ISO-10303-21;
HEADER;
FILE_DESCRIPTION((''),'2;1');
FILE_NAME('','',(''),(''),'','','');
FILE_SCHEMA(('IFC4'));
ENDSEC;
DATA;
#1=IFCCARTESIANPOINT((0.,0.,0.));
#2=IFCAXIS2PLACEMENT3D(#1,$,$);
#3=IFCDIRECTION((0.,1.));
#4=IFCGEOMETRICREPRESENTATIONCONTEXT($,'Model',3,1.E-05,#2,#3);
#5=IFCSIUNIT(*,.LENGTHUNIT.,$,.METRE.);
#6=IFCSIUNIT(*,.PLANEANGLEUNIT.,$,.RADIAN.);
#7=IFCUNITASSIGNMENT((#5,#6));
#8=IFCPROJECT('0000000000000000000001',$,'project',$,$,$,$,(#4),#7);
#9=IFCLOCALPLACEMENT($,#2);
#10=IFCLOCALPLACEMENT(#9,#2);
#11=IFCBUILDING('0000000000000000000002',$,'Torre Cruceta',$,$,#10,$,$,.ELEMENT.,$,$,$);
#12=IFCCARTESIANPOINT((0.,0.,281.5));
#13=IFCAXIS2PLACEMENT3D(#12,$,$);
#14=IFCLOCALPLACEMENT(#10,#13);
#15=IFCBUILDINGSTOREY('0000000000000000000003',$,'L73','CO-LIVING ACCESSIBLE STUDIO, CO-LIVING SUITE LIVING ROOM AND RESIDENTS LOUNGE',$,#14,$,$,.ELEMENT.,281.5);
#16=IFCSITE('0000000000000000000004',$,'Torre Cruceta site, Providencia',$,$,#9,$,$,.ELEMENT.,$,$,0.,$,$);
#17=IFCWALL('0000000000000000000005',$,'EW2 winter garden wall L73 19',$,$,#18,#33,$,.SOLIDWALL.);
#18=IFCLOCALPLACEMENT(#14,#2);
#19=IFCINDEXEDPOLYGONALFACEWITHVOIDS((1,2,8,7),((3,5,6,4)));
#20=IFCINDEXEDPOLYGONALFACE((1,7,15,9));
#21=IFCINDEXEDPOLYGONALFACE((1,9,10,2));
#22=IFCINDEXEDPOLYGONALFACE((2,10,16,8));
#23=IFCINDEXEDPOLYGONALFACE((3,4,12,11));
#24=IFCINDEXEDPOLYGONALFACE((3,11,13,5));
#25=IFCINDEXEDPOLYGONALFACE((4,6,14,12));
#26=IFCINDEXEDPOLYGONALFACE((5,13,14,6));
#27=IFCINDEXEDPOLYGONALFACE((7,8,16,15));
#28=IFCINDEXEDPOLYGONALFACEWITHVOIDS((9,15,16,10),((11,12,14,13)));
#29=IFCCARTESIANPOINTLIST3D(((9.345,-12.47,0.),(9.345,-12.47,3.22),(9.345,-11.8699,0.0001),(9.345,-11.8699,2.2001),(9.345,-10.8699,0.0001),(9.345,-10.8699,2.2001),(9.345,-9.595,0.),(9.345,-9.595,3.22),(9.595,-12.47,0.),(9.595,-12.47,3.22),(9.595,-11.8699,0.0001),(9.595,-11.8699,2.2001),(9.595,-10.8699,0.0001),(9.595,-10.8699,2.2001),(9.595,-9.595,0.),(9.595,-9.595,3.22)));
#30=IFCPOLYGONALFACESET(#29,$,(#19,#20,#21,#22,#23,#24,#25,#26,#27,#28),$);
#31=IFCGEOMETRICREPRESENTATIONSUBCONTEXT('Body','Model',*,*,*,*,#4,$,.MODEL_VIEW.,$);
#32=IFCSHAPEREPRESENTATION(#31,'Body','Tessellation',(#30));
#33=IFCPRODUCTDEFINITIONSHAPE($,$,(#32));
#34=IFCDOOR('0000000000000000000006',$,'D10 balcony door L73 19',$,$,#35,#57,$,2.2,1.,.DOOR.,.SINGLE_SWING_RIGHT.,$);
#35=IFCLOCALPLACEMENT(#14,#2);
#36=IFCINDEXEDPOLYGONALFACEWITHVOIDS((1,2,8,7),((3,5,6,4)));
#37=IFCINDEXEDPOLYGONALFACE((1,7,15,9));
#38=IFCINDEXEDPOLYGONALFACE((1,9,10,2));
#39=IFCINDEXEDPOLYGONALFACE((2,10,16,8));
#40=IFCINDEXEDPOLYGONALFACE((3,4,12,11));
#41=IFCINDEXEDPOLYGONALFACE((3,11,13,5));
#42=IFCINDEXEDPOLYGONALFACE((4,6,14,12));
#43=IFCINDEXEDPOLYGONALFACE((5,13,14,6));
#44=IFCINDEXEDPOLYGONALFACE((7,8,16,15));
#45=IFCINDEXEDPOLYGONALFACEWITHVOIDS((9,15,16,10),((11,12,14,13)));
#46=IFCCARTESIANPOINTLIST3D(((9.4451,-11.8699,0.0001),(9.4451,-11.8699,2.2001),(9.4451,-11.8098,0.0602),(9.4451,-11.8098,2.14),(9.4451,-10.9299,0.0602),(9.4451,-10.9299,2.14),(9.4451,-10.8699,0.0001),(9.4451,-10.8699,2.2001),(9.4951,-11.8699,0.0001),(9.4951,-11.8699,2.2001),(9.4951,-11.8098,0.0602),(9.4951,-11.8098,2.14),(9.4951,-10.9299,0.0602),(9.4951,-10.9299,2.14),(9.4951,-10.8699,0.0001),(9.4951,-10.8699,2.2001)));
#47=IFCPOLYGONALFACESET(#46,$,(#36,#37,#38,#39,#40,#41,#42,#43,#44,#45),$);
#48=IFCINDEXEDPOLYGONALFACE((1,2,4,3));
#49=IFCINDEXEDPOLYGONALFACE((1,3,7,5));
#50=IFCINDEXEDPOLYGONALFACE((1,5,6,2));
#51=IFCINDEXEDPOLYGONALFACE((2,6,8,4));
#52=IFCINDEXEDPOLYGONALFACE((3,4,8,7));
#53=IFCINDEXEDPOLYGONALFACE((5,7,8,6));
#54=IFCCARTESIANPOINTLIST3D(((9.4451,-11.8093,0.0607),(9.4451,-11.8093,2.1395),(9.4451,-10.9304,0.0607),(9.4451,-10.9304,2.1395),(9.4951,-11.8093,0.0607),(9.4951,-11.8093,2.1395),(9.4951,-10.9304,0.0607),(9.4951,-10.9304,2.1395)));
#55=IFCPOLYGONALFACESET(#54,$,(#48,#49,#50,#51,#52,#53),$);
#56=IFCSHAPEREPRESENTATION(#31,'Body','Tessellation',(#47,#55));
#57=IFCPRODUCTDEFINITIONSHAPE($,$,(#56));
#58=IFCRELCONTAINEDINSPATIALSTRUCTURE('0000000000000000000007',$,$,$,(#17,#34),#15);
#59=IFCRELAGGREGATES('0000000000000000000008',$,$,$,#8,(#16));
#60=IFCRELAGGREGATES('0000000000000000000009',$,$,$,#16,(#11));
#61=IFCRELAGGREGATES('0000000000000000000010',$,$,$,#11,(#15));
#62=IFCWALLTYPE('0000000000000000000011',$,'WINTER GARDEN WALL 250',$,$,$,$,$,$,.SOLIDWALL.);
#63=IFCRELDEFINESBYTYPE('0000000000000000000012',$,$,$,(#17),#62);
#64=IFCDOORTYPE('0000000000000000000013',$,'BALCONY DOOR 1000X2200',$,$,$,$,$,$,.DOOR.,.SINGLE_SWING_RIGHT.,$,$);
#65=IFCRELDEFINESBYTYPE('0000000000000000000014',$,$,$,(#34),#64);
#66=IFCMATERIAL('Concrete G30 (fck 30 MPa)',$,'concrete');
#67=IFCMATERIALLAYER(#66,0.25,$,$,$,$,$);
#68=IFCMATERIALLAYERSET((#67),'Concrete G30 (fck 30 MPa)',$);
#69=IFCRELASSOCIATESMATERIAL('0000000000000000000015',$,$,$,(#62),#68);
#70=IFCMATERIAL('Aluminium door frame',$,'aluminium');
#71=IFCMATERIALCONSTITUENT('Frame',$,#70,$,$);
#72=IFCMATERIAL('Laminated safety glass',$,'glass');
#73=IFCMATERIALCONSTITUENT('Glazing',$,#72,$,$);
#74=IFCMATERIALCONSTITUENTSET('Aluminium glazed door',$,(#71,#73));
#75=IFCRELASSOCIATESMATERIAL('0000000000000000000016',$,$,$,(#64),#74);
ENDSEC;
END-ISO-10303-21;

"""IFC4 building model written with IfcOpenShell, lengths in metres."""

from ifc_helpers import new_model, si_unit, direction, frame, frame_2d, origin, place, context, subcontext, project, spatial, rectangle, hollow_rectangle, extrude, material, layer, layer_set, constituent, constituent_set, type_object, element, fill, save


model = new_model("IFC4")

# Units and contexts
model_context = context("Model", 3, precision=1e-05, world=origin(), true_north=direction((0.0, 1.0)))
body_context = subcontext(model_context, "Body", "Model", "MODEL_VIEW")
ifc_project = project(units=[si_unit("LENGTHUNIT", "METRE"), si_unit("PLANEANGLEUNIT", "RADIAN")], contexts=[model_context])

# Site, building, storey
site_placement = place(None, origin())
site = spatial("IfcSite", under=ifc_project, at=site_placement, Name="Torre Cruceta site, Providencia", CompositionType="ELEMENT", RefElevation=0.0)
building_placement = place(site_placement, origin())
building = spatial("IfcBuilding", under=site, at=building_placement, Name="Torre Cruceta", CompositionType="ELEMENT")
storey_placement = place(building_placement, frame((0.0, 0.0, 281.5)))
storey = spatial("IfcBuildingStorey", under=building, at=storey_placement, Name="L73", Description="CO-LIVING ACCESSIBLE STUDIO, CO-LIVING SUITE LIVING ROOM AND RESIDENTS LOUNGE", CompositionType="ELEMENT", Elevation=281.5)

# Wall, opening, door
ifc_material_1 = material(Name="Concrete G30 (fck 30 MPa)", Category="concrete")
ifc_layer_1 = layer(ifc_material_1, 0.25)
ifc_layer_set_1 = layer_set([ifc_layer_1], Name="Concrete G30 (fck 30 MPa)")
wall_type_1 = type_object("IfcWallType", Name="WINTER GARDEN WALL 250", PredefinedType="SOLIDWALL", material=ifc_layer_set_1)
ifc_material_2 = material(Name="Aluminium door frame", Category="aluminium")
ifc_constituent_1 = constituent(ifc_material_2, Name="Frame")
ifc_material_3 = material(Name="Laminated safety glass", Category="glass")
ifc_constituent_2 = constituent(ifc_material_3, Name="Glazing")
ifc_constituent_set_1 = constituent_set(constituents=[ifc_constituent_1, ifc_constituent_2], Name="Aluminium glazed door")
door_type_1 = type_object("IfcDoorType", Name="BALCONY DOOR 1000X2200", OperationType="SINGLE_SWING_RIGHT", PredefinedType="DOOR", material=ifc_constituent_set_1)
wall_1_placement = place(storey_placement, frame((9.47, -12.47, 0.0), z_axis=(0.0, 0.0, 1.0), x_axis=(0.0, 1.0, 0.0)))
wall_1 = element("IfcWall", 1, at=wall_1_placement, inside=storey, type_object=wall_type_1, Name="EW2 winter garden wall L73 19", PredefinedType="SOLIDWALL", context=body_context, shape_type="SweptSolid", body=[
    extrude(rectangle(XDim=2.875, YDim=0.25, at=frame_2d((1.4375, 0.0))), origin(), (0.0, 0.0, 1.0), 3.22),
])
opening_1_placement = place(wall_1_placement, frame((0.6001, 0.0, 0.0)))
opening_1 = element("IfcOpeningElement", 2, at=opening_1_placement, cuts=wall_1, PredefinedType="OPENING", context=body_context, shape_type="SweptSolid", body=[
    extrude(rectangle(XDim=1.0, YDim=2.2, at=frame_2d((0.5, 1.1001))), frame((0.0, 0.135, 0.0), z_axis=(0.0, -1.0, 0.0), x_axis=(1.0, 0.0, 0.0)), (0.0, 0.0, 1.0), 0.27),
])
door_1_placement = place(opening_1_placement, origin())
door_1 = element("IfcDoor", 3, at=door_1_placement, inside=storey, type_object=door_type_1, Name="D10 balcony door L73 19", OperationType="SINGLE_SWING_RIGHT", OverallHeight=2.2, OverallWidth=1.0, PredefinedType="DOOR", context=body_context, shape_type="SweptSolid", body=[
    extrude(hollow_rectangle(XDim=1.0, YDim=2.2, WallThickness=0.0601, at=frame_2d((0.5, 1.1001))), frame((0.0, 0.0249, 0.0), z_axis=(0.0, -1.0, 0.0), x_axis=(1.0, 0.0, 0.0)), (0.0, 0.0, 1.0), 0.05),
    extrude(rectangle(XDim=0.8789, YDim=2.0789, at=frame_2d((0.5, 1.1001))), frame((0.0, 0.0249, 0.0), z_axis=(0.0, -1.0, 0.0), x_axis=(1.0, 0.0, 0.0)), (0.0, 0.0, 1.0), 0.05),
])
fill(opening_1, door_1)

save(model, "model.ifc")
